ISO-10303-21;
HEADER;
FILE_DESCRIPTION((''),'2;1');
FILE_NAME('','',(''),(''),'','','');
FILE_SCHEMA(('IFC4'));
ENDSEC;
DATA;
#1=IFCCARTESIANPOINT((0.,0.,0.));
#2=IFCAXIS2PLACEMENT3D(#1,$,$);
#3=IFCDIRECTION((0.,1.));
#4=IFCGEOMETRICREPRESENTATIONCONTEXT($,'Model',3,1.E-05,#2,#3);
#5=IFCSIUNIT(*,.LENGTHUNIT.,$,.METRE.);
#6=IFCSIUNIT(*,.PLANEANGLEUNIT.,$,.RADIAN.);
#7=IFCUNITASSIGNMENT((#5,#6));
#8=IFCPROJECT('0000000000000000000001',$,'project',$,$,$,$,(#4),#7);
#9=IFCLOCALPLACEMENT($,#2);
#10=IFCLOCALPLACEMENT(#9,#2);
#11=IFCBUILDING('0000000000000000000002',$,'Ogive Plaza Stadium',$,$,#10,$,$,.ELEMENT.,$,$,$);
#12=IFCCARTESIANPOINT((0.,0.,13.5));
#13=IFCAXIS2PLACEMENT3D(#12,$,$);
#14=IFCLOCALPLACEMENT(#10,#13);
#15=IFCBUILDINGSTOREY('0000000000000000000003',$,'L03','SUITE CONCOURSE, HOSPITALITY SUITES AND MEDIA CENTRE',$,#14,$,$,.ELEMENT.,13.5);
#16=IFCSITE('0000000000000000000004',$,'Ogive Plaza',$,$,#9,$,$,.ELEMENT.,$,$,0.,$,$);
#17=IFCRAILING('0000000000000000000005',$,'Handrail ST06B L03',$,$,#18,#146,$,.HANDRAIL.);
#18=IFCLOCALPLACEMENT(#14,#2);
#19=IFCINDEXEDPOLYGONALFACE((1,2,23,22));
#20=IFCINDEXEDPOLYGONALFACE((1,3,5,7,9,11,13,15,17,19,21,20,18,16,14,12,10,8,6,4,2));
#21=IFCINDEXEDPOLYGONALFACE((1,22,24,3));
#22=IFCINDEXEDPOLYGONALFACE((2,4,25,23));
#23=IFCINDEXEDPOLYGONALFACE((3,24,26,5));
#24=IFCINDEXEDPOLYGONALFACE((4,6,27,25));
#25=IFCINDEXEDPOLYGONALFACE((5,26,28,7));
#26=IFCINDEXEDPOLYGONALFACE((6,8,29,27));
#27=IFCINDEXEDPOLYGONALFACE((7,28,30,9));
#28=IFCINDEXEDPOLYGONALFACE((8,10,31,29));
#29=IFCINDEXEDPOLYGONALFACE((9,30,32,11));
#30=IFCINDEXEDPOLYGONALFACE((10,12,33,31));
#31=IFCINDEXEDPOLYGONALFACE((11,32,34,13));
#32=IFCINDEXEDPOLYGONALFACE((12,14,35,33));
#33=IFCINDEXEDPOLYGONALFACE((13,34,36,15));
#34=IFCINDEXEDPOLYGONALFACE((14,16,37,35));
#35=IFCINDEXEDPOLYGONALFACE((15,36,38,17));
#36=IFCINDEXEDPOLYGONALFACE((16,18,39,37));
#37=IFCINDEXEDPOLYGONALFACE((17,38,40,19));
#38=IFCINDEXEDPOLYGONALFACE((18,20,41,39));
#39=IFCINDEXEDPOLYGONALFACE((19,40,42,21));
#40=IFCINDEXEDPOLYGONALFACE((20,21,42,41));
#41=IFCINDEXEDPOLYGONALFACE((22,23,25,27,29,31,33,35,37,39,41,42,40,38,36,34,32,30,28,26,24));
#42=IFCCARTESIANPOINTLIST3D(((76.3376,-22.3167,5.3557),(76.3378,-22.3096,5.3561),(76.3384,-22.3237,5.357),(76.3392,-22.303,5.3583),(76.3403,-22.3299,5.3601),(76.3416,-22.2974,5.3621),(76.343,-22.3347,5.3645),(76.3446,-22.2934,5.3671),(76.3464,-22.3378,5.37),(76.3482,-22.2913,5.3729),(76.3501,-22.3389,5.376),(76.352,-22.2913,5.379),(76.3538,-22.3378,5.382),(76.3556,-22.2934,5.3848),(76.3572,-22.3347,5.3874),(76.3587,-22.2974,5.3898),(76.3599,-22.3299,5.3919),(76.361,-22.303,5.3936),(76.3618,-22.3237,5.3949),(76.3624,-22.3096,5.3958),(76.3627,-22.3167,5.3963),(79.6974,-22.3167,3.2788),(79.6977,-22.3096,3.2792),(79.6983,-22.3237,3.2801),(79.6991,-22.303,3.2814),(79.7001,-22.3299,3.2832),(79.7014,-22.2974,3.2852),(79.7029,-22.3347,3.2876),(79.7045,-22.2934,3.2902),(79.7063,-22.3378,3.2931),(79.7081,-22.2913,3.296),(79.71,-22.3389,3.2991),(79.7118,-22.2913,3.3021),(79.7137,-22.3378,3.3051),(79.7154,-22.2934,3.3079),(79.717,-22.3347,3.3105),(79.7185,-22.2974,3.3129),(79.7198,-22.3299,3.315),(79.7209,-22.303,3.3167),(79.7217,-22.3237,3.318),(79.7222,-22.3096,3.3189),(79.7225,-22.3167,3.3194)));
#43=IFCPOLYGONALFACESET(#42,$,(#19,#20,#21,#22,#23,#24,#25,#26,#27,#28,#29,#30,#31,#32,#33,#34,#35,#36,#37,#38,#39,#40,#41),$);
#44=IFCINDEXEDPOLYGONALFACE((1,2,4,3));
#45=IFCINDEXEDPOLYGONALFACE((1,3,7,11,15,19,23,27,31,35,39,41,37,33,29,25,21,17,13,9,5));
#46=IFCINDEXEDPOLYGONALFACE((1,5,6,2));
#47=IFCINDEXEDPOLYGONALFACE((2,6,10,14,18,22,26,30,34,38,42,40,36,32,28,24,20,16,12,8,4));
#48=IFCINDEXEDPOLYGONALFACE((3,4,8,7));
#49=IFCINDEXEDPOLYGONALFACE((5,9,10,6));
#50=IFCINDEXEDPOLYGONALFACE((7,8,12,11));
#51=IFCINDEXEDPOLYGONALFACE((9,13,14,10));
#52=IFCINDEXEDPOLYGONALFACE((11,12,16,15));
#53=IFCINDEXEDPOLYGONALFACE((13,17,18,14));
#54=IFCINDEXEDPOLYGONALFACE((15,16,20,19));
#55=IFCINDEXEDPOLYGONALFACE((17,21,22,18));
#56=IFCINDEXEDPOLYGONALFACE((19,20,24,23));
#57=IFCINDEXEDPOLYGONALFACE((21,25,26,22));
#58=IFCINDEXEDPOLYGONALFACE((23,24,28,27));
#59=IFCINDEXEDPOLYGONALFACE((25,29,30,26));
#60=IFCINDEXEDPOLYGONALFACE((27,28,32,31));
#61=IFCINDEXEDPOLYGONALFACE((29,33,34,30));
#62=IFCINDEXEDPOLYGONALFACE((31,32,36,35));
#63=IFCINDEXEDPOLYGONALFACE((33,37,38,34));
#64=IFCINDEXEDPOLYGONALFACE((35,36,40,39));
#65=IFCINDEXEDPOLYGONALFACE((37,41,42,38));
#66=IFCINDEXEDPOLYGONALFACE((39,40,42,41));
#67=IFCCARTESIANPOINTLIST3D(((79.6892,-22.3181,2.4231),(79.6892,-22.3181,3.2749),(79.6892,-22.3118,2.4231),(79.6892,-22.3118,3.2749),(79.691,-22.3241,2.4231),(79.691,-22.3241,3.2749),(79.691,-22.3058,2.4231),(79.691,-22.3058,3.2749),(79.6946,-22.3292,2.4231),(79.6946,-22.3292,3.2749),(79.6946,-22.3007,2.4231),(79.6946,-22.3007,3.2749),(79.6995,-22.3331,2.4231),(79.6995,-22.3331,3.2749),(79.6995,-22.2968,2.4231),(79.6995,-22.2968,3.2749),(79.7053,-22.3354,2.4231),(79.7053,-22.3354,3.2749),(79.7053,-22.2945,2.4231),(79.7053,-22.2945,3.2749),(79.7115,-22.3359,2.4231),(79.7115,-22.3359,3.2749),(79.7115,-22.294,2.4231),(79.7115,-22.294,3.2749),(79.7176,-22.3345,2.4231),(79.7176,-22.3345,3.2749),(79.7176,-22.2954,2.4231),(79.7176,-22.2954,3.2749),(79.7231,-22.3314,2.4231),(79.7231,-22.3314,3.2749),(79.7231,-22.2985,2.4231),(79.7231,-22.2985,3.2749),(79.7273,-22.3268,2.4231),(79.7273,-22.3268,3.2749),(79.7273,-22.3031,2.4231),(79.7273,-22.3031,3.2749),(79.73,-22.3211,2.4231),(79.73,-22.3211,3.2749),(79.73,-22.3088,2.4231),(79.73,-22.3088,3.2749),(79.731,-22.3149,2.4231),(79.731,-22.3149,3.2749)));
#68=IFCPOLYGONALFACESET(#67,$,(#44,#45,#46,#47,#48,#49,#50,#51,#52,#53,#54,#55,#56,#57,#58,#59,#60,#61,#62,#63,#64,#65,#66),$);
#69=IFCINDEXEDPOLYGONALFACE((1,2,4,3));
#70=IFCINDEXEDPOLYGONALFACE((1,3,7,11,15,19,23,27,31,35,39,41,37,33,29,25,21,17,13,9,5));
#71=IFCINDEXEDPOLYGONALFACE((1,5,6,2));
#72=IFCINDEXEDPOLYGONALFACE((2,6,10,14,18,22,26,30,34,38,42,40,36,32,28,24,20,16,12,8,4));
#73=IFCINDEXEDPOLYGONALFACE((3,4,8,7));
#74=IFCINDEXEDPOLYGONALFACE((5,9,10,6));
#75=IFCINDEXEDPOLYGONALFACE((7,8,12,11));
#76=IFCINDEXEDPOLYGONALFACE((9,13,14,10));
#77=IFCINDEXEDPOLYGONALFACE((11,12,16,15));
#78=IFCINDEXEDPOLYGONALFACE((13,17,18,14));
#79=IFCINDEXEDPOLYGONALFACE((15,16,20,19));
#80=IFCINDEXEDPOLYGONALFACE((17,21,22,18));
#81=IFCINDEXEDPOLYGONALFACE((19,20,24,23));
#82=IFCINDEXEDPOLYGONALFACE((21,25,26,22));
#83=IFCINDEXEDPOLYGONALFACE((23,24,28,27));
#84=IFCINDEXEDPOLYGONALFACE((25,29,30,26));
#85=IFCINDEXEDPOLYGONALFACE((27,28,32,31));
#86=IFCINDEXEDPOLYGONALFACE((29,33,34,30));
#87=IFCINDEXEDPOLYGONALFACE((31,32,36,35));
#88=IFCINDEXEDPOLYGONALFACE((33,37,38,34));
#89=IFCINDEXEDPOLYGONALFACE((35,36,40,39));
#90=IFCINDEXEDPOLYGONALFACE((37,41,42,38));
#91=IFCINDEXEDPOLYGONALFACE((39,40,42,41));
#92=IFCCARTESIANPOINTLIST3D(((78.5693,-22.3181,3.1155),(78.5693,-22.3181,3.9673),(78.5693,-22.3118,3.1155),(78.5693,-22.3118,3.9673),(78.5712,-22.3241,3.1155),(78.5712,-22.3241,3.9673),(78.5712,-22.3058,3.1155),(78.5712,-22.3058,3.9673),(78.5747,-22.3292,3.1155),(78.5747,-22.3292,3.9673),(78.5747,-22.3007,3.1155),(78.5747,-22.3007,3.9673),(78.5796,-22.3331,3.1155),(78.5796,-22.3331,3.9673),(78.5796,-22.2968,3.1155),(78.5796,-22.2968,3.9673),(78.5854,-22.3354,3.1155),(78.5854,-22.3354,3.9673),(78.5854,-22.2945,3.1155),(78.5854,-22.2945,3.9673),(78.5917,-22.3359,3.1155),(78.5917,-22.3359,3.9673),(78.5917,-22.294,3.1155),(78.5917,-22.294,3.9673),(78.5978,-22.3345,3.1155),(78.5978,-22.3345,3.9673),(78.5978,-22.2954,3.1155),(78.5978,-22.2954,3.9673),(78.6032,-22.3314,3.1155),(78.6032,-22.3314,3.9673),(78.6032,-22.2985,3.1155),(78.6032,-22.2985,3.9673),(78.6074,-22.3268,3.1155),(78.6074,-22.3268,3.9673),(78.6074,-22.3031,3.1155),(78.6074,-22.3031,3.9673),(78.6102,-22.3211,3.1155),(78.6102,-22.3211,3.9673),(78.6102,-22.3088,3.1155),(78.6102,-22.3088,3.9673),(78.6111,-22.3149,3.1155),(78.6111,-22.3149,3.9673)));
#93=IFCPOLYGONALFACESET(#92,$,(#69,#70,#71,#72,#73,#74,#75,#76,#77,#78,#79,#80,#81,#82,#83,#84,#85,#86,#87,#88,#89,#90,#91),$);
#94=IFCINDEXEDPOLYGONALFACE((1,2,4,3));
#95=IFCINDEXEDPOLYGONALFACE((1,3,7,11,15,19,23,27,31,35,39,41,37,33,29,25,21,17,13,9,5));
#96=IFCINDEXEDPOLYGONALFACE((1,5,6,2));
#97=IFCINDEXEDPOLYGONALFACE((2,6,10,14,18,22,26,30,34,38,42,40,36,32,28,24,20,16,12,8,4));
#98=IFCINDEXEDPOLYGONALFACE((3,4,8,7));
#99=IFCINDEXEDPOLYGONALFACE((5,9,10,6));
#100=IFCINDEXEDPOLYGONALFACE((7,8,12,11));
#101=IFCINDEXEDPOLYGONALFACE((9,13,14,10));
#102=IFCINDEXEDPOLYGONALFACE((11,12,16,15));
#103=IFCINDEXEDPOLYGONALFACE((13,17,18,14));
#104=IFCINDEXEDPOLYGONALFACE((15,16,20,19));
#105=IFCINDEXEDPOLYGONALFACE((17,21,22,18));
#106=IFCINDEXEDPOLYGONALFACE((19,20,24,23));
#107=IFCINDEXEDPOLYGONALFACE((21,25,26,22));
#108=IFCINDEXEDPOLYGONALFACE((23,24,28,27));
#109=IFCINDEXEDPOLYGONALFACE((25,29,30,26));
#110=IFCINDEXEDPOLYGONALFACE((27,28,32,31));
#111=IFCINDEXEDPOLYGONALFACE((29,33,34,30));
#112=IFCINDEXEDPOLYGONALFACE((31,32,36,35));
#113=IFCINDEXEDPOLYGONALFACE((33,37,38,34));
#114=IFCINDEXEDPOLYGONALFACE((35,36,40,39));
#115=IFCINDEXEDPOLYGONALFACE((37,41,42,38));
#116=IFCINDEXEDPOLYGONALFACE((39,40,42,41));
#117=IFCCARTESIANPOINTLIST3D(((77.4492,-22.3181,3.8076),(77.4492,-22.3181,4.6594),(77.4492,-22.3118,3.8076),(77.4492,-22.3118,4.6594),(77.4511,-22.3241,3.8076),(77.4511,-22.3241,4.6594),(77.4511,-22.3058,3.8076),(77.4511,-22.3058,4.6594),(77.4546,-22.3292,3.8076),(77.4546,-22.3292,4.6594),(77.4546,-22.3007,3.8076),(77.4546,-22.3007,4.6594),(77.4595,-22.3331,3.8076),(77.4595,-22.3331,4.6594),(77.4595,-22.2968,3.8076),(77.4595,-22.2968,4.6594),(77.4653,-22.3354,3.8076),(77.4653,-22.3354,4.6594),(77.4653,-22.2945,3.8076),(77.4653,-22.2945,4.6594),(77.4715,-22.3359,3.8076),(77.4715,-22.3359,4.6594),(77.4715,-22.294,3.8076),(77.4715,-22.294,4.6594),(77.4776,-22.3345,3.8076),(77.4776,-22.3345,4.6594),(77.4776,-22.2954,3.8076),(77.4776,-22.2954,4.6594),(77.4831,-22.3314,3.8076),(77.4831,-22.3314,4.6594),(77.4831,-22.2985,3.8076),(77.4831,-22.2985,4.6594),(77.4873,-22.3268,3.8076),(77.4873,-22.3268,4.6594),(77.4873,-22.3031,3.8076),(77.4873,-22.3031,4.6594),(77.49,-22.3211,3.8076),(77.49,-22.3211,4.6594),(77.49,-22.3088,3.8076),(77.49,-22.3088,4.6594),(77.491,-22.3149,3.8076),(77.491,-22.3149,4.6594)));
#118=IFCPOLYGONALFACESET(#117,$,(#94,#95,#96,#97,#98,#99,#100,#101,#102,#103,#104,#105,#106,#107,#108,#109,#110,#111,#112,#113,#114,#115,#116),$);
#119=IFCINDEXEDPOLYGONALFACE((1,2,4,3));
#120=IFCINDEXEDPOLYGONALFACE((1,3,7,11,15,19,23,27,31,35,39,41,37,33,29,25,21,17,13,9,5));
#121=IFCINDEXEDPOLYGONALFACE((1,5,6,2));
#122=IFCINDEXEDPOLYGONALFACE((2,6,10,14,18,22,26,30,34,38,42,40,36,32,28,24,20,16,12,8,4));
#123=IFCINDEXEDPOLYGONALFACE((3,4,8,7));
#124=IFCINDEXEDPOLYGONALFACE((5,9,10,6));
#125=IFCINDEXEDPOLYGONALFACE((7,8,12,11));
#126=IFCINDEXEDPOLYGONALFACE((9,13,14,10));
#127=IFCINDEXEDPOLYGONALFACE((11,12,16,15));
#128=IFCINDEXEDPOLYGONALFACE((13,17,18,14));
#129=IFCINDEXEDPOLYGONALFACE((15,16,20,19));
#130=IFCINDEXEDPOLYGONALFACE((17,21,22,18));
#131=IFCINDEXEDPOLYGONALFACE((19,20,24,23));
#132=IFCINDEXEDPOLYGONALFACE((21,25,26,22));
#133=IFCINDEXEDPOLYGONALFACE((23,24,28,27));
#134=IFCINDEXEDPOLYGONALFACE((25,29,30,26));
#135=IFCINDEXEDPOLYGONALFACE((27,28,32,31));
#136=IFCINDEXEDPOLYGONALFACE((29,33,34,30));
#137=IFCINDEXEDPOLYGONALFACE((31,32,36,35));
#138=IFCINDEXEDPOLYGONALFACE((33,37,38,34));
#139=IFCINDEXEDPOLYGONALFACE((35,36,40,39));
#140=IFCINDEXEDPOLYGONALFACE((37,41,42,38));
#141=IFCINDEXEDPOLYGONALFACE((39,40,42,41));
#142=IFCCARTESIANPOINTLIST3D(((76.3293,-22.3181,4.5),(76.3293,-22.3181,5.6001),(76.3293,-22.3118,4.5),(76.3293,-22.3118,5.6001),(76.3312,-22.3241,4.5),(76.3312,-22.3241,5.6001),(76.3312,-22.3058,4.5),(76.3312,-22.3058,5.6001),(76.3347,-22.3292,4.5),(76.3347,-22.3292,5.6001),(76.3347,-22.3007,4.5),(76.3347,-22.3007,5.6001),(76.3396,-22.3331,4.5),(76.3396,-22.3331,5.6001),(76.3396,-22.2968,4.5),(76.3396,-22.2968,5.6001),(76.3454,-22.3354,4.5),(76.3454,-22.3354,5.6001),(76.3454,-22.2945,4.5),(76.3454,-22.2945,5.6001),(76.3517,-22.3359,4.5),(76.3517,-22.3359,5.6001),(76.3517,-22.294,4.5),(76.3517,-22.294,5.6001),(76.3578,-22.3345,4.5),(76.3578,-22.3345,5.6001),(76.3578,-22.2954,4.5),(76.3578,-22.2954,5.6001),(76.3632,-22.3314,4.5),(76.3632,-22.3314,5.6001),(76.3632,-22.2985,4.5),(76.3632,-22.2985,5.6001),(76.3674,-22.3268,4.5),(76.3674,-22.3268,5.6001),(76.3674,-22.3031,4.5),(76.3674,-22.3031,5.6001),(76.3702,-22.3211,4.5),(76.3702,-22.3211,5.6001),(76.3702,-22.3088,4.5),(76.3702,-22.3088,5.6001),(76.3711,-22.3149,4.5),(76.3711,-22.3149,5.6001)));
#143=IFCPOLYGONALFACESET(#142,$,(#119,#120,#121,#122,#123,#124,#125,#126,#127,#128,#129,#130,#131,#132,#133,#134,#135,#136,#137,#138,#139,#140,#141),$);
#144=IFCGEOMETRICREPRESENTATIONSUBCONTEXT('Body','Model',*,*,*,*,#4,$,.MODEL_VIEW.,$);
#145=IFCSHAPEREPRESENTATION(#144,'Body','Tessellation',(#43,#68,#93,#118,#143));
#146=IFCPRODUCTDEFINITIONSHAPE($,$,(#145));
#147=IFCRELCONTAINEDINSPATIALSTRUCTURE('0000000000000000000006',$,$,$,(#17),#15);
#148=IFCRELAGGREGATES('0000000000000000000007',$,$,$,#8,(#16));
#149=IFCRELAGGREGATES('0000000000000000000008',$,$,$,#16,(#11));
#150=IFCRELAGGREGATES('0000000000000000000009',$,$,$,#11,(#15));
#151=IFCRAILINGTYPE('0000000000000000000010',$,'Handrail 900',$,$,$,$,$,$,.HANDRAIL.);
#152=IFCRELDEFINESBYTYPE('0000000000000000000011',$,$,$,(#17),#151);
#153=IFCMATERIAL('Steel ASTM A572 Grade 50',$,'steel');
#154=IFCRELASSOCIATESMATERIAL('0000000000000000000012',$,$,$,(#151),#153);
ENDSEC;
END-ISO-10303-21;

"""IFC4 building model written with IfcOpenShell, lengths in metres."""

from ifc_helpers import new_model, si_unit, direction, frame, origin, origin_2d, place, context, subcontext, project, spatial, circle, extrude, material, type_object, element, save


model = new_model("IFC4")

# Units and contexts
model_context = context("Model", 3, precision=1e-05, world=origin(), true_north=direction((0.0, 1.0)))
body_context = subcontext(model_context, "Body", "Model", "MODEL_VIEW")
ifc_project = project(units=[si_unit("LENGTHUNIT", "METRE"), si_unit("PLANEANGLEUNIT", "RADIAN")], contexts=[model_context])

# Site, building, storey
site_placement = place(None, origin())
site = spatial("IfcSite", under=ifc_project, at=site_placement, Name="Ogive Plaza", CompositionType="ELEMENT", RefElevation=0.0)
building_placement = place(site_placement, origin())
building = spatial("IfcBuilding", under=site, at=building_placement, Name="Ogive Plaza Stadium", CompositionType="ELEMENT")
storey_placement = place(building_placement, frame((0.0, 0.0, 13.5)))
storey = spatial("IfcBuildingStorey", under=building, at=storey_placement, Name="L03", Description="SUITE CONCOURSE, HOSPITALITY SUITES AND MEDIA CENTRE", CompositionType="ELEMENT", Elevation=13.5)

# Railing
ifc_material_1 = material(Name="Steel ASTM A572 Grade 50", Category="steel")
railing_type_1 = type_object("IfcRailingType", Name="Handrail 900", PredefinedType="HANDRAIL", material=ifc_material_1)
for number, where, name in (
    (1, (79.71, -22.3149, 2.4231), "Handrail ST06B L03"),
):
    element("IfcRailing", number, at=place(storey_placement, frame(where)), inside=storey, type_object=railing_type_1, Name=name, PredefinedType="HANDRAIL", context=body_context, shape_type="SweptSolid", body=[
        extrude(circle(Radius=0.0239, at=origin_2d()), frame((0.0, 0.0, 0.876), z_axis=(-0.850606, 0.0, 0.525803), x_axis=(0.0, -1.0, 0.0)), (0.0, 0.0, 1.0), 3.95),
        extrude(circle(Radius=0.021, at=origin_2d()), origin(), (0.0, 0.0, 1.0), 0.8518),
        extrude(circle(Radius=0.021, at=origin_2d()), frame((-1.1199, 0.0, 0.6924)), (0.0, 0.0, 1.0), 0.8518),
        extrude(circle(Radius=0.021, at=origin_2d()), frame((-2.24, 0.0, 1.3845)), (0.0, 0.0, 1.0), 0.8518),
        extrude(circle(Radius=0.021, at=origin_2d()), frame((-3.3599, 0.0, 2.0769)), (0.0, 0.0, 1.0), 1.1001),
    ])

save(model, "model.ifc")
